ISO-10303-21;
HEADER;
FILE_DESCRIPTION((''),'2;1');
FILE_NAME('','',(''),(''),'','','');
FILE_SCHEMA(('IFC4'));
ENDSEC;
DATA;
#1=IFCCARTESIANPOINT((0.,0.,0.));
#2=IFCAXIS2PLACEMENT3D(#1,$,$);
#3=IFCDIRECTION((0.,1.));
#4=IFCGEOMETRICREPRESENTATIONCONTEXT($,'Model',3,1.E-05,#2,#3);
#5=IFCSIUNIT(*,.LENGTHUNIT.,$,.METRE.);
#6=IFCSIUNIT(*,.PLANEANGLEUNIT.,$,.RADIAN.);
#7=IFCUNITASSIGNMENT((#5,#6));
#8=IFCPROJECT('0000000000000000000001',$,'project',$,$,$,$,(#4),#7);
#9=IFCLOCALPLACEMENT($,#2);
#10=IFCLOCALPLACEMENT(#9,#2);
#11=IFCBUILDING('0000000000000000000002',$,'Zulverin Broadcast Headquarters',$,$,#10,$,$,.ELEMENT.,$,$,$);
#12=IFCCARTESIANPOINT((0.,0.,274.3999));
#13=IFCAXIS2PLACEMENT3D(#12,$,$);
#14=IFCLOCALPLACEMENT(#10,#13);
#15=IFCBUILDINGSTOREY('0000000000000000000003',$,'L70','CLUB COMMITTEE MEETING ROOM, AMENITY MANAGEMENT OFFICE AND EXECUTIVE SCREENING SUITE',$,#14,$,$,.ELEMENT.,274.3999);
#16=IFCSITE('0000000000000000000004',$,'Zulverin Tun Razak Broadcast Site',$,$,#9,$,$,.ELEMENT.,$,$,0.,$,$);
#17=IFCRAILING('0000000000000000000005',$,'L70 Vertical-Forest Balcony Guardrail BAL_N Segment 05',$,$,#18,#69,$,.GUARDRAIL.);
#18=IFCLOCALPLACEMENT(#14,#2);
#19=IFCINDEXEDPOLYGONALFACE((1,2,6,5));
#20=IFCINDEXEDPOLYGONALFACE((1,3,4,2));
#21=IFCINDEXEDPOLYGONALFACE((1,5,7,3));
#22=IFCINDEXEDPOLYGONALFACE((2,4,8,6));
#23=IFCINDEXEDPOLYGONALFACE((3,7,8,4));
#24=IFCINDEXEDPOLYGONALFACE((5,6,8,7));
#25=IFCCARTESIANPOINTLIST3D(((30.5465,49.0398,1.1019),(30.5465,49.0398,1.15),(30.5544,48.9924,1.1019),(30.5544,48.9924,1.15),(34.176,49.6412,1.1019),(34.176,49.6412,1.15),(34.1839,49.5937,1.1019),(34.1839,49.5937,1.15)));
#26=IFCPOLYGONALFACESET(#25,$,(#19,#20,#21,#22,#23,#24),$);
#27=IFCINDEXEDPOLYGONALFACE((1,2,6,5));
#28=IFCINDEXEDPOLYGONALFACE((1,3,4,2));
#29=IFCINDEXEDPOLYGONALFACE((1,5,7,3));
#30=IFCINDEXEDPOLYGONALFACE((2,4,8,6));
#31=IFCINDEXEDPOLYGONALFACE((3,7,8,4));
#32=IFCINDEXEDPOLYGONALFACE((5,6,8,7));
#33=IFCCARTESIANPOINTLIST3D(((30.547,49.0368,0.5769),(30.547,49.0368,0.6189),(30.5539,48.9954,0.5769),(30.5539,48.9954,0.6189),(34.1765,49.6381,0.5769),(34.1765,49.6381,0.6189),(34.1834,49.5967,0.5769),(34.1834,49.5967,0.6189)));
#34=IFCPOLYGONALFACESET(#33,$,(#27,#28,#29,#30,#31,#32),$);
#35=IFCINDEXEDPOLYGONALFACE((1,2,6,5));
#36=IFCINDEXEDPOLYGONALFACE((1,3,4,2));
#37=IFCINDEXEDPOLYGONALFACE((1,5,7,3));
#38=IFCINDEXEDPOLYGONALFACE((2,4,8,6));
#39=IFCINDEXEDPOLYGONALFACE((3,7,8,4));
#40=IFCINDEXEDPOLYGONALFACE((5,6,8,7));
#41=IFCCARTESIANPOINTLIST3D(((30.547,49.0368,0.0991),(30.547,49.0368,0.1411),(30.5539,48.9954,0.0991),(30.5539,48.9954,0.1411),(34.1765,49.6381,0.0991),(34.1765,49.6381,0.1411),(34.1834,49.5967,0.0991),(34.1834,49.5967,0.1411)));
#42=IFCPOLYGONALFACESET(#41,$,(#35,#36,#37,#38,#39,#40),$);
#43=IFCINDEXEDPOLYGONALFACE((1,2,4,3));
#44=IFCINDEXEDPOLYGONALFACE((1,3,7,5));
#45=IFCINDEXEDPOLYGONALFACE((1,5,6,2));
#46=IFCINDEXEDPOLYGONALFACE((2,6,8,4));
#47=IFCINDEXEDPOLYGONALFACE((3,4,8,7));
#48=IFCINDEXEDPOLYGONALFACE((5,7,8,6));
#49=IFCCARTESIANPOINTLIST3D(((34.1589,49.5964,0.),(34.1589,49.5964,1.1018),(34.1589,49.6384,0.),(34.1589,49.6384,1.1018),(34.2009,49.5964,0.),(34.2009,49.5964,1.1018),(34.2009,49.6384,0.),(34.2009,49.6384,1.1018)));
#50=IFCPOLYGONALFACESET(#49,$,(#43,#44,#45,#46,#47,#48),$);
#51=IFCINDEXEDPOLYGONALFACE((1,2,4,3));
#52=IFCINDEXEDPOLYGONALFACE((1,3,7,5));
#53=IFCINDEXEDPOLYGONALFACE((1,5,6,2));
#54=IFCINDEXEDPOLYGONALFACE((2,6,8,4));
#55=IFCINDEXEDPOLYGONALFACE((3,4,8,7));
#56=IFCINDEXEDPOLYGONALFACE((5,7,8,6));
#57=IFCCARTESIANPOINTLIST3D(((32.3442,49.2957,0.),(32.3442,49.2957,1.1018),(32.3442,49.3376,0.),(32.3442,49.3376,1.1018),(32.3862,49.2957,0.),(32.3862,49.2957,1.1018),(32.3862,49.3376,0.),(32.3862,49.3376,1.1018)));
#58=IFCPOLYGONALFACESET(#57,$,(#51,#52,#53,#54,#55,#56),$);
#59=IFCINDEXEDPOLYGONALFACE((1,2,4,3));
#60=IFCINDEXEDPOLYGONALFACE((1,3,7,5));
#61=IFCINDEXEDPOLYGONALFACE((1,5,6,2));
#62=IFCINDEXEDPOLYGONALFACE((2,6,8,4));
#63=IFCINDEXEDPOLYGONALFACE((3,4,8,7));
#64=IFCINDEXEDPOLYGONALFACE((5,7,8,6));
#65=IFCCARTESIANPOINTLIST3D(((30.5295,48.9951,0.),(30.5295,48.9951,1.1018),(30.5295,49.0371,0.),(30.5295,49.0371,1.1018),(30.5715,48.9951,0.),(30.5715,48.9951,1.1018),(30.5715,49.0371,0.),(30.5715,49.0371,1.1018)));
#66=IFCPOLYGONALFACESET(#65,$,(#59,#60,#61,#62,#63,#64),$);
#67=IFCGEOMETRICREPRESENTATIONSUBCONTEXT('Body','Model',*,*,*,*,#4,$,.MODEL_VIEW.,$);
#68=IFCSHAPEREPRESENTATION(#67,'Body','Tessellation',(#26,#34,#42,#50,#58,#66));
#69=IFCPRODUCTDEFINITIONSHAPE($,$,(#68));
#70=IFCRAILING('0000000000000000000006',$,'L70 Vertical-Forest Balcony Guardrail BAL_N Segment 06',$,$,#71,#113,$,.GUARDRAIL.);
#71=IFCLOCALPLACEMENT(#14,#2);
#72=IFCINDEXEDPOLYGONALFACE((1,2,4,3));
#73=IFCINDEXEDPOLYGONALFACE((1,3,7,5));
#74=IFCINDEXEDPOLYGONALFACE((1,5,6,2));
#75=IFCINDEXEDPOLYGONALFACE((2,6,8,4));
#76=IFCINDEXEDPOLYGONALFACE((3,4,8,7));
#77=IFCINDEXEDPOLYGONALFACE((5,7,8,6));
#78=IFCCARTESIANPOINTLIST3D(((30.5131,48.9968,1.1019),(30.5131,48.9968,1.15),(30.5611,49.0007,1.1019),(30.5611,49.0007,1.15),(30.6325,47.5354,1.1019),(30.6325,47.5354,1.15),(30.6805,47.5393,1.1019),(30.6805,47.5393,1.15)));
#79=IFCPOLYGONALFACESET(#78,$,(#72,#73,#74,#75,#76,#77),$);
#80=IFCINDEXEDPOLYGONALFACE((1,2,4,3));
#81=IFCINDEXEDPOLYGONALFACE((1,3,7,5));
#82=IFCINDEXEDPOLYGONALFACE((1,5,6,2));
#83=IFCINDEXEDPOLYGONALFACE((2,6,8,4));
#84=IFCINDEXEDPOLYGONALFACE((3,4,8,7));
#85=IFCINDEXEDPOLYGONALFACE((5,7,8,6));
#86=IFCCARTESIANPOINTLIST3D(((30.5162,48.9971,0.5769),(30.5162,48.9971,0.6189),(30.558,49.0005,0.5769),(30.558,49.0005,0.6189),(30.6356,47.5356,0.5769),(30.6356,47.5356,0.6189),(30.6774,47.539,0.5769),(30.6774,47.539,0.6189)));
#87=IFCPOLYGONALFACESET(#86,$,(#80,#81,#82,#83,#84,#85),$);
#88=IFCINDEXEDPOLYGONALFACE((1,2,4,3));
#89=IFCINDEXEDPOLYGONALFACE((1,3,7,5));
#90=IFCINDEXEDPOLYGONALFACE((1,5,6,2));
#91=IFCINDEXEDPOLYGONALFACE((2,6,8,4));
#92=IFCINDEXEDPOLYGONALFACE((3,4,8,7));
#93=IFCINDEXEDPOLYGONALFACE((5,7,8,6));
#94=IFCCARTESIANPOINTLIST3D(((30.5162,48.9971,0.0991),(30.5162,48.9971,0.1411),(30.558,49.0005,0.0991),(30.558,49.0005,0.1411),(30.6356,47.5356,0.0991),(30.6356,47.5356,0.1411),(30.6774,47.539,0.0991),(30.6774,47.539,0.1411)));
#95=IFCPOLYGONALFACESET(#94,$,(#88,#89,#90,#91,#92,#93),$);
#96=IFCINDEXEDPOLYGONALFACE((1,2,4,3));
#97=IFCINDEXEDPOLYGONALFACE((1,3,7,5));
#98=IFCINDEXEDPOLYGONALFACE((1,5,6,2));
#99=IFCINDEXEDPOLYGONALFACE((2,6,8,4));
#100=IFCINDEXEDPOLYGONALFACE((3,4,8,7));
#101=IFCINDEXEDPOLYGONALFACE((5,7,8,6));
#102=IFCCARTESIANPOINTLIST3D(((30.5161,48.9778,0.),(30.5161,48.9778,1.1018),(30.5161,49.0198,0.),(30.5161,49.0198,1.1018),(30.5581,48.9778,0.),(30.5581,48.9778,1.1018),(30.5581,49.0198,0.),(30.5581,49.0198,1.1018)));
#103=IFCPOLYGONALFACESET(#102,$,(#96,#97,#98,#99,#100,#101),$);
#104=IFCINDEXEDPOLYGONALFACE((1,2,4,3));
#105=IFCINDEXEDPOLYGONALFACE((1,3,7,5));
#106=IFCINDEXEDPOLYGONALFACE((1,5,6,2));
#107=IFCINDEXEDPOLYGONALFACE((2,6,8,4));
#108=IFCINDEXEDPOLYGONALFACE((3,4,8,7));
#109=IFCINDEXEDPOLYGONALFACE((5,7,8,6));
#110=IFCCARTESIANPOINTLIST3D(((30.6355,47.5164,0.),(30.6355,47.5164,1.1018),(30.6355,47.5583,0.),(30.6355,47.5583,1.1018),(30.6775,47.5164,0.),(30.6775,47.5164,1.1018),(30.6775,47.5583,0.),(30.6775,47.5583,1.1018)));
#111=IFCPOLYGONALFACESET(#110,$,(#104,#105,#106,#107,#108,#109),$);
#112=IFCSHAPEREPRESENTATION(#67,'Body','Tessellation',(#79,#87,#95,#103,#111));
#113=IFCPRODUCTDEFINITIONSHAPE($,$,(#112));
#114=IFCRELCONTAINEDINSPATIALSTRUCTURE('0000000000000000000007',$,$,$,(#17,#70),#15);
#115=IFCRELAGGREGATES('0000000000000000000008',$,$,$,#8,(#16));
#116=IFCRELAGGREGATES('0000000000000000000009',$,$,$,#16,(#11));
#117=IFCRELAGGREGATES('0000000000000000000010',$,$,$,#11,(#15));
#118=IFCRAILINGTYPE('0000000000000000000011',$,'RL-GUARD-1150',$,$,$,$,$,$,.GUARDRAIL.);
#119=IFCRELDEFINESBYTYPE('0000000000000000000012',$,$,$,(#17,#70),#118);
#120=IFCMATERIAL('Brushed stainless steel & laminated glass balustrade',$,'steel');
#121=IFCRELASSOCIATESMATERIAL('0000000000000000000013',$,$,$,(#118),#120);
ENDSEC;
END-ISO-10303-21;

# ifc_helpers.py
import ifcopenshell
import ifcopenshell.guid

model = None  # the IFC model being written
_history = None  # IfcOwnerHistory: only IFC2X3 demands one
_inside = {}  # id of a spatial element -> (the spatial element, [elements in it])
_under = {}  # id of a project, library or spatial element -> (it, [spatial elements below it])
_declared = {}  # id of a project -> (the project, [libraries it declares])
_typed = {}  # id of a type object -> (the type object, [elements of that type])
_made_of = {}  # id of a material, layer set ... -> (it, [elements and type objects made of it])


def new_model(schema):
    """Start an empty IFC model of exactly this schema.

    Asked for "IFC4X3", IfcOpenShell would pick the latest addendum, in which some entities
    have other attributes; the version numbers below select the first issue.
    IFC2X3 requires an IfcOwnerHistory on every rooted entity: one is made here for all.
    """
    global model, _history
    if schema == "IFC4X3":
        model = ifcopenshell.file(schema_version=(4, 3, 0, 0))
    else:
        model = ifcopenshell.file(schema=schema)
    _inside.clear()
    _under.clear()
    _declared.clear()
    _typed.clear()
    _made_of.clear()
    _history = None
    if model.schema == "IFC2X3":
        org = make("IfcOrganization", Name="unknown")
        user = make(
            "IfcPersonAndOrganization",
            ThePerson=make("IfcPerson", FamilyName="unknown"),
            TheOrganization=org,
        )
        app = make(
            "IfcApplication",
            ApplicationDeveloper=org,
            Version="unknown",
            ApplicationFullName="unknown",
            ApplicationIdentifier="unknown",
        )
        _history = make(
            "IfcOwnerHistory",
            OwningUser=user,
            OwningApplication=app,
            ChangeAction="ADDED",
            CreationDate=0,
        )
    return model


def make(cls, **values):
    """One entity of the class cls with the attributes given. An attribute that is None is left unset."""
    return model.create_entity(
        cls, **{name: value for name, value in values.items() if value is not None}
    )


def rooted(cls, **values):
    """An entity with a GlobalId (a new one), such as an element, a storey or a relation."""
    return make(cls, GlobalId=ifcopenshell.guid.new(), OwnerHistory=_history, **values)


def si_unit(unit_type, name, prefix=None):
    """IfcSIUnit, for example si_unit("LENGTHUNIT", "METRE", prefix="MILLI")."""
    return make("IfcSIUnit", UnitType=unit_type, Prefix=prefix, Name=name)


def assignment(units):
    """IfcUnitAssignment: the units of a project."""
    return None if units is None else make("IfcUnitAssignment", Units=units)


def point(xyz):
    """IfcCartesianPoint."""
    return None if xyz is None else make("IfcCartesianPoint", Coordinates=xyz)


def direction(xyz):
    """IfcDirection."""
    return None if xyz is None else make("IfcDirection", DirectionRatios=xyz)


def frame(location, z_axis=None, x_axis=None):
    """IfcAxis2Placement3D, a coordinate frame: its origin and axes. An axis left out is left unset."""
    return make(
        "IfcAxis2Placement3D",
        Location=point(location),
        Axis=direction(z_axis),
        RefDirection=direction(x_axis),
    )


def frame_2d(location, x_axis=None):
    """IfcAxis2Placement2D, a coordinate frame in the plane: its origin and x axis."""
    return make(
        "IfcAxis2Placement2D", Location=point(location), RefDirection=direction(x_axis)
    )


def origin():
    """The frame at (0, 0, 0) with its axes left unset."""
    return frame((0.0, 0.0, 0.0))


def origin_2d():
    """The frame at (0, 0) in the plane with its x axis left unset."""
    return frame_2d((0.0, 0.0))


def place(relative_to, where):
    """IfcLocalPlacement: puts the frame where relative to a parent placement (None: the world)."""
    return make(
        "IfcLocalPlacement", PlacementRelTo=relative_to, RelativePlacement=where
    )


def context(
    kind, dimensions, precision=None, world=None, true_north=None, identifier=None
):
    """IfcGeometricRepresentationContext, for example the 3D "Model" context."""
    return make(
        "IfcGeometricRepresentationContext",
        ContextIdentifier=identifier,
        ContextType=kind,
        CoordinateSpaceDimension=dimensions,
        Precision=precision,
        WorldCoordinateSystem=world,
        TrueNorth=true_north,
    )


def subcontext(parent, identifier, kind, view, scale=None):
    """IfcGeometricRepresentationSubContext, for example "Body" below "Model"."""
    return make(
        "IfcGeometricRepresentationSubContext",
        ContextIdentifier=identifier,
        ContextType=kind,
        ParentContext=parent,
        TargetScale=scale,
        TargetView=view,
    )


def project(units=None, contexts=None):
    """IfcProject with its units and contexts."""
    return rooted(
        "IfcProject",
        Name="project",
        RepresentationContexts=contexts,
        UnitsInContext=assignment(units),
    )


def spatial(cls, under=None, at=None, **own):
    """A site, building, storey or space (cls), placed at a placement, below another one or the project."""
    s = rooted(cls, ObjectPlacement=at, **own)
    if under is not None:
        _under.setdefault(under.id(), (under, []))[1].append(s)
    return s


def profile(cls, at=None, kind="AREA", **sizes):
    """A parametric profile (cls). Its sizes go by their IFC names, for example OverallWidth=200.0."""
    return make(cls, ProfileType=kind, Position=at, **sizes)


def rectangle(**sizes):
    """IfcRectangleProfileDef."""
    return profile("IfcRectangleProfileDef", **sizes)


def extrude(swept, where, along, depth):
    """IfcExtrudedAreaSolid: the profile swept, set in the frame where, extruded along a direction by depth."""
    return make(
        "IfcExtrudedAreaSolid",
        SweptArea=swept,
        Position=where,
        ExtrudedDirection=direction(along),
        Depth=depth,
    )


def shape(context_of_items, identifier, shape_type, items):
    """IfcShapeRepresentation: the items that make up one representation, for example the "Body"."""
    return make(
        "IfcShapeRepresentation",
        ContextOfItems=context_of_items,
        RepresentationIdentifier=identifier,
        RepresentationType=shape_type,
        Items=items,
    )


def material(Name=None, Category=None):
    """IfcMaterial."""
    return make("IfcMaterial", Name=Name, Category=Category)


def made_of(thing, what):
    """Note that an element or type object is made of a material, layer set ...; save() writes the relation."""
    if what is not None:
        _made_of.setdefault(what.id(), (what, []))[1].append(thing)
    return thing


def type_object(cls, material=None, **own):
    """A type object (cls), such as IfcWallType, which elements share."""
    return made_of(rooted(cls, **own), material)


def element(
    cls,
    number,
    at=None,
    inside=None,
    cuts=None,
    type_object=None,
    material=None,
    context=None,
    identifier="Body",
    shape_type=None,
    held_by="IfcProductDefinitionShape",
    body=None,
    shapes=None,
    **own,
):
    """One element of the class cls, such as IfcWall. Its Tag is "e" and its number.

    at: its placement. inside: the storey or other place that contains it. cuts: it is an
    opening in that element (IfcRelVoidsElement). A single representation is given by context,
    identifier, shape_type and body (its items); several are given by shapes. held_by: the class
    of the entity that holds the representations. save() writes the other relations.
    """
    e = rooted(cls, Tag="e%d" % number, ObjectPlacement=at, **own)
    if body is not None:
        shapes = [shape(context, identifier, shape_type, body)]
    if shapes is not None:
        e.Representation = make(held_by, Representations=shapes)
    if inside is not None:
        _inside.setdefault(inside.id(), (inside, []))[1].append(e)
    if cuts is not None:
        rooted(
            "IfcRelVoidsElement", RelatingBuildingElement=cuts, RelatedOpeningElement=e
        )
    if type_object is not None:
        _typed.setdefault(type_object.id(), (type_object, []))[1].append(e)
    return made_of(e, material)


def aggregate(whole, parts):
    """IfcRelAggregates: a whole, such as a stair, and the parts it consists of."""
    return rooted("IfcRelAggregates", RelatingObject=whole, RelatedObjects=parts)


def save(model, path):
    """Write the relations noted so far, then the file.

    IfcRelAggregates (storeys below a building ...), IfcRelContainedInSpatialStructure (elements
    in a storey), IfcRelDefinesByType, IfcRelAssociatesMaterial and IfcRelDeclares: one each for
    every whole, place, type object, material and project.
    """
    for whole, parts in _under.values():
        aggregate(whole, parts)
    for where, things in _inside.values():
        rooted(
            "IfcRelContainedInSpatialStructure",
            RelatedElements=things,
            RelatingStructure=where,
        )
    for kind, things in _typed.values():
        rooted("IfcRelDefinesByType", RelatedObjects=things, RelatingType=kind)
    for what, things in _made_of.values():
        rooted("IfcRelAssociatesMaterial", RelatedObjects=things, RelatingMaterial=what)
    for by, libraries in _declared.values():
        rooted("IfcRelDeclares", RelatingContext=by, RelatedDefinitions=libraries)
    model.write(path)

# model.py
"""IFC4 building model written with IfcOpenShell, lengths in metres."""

from ifc_helpers import new_model, si_unit, direction, frame, origin, origin_2d, place, context, subcontext, project, spatial, rectangle, extrude, material, type_object, element, save


model = new_model("IFC4")

# Units and contexts
model_context = context("Model", 3, precision=1e-05, world=origin(), true_north=direction((0.0, 1.0)))
body_context = subcontext(model_context, "Body", "Model", "MODEL_VIEW")
ifc_project = project(units=[si_unit("LENGTHUNIT", "METRE"), si_unit("PLANEANGLEUNIT", "RADIAN")], contexts=[model_context])

# Site, building, storey
site_placement = place(None, origin())
site = spatial("IfcSite", under=ifc_project, at=site_placement, Name="Zulverin Tun Razak Broadcast Site", CompositionType="ELEMENT", RefElevation=0.0)
building_placement = place(site_placement, origin())
building = spatial("IfcBuilding", under=site, at=building_placement, Name="Zulverin Broadcast Headquarters", CompositionType="ELEMENT")
storey_placement = place(building_placement, frame((0.0, 0.0, 274.3999)))
storey = spatial("IfcBuildingStorey", under=building, at=storey_placement, Name="L70", Description="CLUB COMMITTEE MEETING ROOM, AMENITY MANAGEMENT OFFICE AND EXECUTIVE SCREENING SUITE", CompositionType="ELEMENT", Elevation=274.3999)

# Railings
ifc_material_1 = material(Name="Brushed stainless steel & laminated glass balustrade", Category="steel")
railing_type = type_object("IfcRailingType", Name="RL-GUARD-1150", PredefinedType="GUARDRAIL", material=ifc_material_1)
railing_1_placement = place(storey_placement, frame((34.1799, 49.6174, 0.0)))
element("IfcRailing", 1, at=railing_1_placement, inside=storey, type_object=railing_type, Name="L70 Vertical-Forest Balcony Guardrail BAL_N Segment 05", PredefinedType="GUARDRAIL", context=body_context, shape_type="SweptSolid", body=[
    extrude(rectangle(XDim=0.0481, YDim=0.0481, at=origin_2d()), frame((0.0, 0.0, 1.126), z_axis=(-0.986551, -0.163452, 0.0), x_axis=(0.163452, -0.986551, 0.0)), (0.0, 0.0, 1.0), 3.679),
    extrude(rectangle(XDim=0.042, YDim=0.042, at=origin_2d()), frame((0.0, 0.0, 0.5979), z_axis=(-0.986551, -0.163452, 0.0), x_axis=(0.163452, -0.986551, 0.0)), (0.0, 0.0, 1.0), 3.679),
    extrude(rectangle(XDim=0.042, YDim=0.042, at=origin_2d()), frame((0.0, 0.0, 0.1201), z_axis=(-0.986551, -0.163452, 0.0), x_axis=(0.163452, -0.986551, 0.0)), (0.0, 0.0, 1.0), 3.679),
    extrude(rectangle(XDim=0.042, YDim=0.042, at=origin_2d()), origin(), (0.0, 0.0, 1.0), 1.1018),
    extrude(rectangle(XDim=0.042, YDim=0.042, at=origin_2d()), frame((-1.8147, -0.3008, 0.0)), (0.0, 0.0, 1.0), 1.1018),
    extrude(rectangle(XDim=0.042, YDim=0.042, at=origin_2d()), frame((-3.6294, -0.6013, 0.0)), (0.0, 0.0, 1.0), 1.1018),
])
railing_2_placement = place(storey_placement, frame((30.5371, 48.9988, 0.0)))
element("IfcRailing", 2, at=railing_2_placement, inside=storey, type_object=railing_type, Name="L70 Vertical-Forest Balcony Guardrail BAL_N Segment 06", PredefinedType="GUARDRAIL", context=body_context, shape_type="SweptSolid", body=[
    extrude(rectangle(XDim=0.0481, YDim=0.0481, at=origin_2d()), frame((0.0, 0.0, 1.126), z_axis=(0.081419, -0.99668, 0.0), x_axis=(0.99668, 0.081419, 0.0)), (0.0, 0.0, 1.0), 1.4663),
    extrude(rectangle(XDim=0.042, YDim=0.042, at=origin_2d()), frame((0.0, 0.0, 0.5979), z_axis=(0.081419, -0.99668, 0.0), x_axis=(0.99668, 0.081419, 0.0)), (0.0, 0.0, 1.0), 1.4663),
    extrude(rectangle(XDim=0.042, YDim=0.042, at=origin_2d()), frame((0.0, 0.0, 0.1201), z_axis=(0.081419, -0.99668, 0.0), x_axis=(0.99668, 0.081419, 0.0)), (0.0, 0.0, 1.0), 1.4663),
    extrude(rectangle(XDim=0.042, YDim=0.042, at=origin_2d()), origin(), (0.0, 0.0, 1.0), 1.1018),
    extrude(rectangle(XDim=0.042, YDim=0.042, at=origin_2d()), frame((0.1194, -1.4614, 0.0)), (0.0, 0.0, 1.0), 1.1018),
])

save(model, "model.ifc")
